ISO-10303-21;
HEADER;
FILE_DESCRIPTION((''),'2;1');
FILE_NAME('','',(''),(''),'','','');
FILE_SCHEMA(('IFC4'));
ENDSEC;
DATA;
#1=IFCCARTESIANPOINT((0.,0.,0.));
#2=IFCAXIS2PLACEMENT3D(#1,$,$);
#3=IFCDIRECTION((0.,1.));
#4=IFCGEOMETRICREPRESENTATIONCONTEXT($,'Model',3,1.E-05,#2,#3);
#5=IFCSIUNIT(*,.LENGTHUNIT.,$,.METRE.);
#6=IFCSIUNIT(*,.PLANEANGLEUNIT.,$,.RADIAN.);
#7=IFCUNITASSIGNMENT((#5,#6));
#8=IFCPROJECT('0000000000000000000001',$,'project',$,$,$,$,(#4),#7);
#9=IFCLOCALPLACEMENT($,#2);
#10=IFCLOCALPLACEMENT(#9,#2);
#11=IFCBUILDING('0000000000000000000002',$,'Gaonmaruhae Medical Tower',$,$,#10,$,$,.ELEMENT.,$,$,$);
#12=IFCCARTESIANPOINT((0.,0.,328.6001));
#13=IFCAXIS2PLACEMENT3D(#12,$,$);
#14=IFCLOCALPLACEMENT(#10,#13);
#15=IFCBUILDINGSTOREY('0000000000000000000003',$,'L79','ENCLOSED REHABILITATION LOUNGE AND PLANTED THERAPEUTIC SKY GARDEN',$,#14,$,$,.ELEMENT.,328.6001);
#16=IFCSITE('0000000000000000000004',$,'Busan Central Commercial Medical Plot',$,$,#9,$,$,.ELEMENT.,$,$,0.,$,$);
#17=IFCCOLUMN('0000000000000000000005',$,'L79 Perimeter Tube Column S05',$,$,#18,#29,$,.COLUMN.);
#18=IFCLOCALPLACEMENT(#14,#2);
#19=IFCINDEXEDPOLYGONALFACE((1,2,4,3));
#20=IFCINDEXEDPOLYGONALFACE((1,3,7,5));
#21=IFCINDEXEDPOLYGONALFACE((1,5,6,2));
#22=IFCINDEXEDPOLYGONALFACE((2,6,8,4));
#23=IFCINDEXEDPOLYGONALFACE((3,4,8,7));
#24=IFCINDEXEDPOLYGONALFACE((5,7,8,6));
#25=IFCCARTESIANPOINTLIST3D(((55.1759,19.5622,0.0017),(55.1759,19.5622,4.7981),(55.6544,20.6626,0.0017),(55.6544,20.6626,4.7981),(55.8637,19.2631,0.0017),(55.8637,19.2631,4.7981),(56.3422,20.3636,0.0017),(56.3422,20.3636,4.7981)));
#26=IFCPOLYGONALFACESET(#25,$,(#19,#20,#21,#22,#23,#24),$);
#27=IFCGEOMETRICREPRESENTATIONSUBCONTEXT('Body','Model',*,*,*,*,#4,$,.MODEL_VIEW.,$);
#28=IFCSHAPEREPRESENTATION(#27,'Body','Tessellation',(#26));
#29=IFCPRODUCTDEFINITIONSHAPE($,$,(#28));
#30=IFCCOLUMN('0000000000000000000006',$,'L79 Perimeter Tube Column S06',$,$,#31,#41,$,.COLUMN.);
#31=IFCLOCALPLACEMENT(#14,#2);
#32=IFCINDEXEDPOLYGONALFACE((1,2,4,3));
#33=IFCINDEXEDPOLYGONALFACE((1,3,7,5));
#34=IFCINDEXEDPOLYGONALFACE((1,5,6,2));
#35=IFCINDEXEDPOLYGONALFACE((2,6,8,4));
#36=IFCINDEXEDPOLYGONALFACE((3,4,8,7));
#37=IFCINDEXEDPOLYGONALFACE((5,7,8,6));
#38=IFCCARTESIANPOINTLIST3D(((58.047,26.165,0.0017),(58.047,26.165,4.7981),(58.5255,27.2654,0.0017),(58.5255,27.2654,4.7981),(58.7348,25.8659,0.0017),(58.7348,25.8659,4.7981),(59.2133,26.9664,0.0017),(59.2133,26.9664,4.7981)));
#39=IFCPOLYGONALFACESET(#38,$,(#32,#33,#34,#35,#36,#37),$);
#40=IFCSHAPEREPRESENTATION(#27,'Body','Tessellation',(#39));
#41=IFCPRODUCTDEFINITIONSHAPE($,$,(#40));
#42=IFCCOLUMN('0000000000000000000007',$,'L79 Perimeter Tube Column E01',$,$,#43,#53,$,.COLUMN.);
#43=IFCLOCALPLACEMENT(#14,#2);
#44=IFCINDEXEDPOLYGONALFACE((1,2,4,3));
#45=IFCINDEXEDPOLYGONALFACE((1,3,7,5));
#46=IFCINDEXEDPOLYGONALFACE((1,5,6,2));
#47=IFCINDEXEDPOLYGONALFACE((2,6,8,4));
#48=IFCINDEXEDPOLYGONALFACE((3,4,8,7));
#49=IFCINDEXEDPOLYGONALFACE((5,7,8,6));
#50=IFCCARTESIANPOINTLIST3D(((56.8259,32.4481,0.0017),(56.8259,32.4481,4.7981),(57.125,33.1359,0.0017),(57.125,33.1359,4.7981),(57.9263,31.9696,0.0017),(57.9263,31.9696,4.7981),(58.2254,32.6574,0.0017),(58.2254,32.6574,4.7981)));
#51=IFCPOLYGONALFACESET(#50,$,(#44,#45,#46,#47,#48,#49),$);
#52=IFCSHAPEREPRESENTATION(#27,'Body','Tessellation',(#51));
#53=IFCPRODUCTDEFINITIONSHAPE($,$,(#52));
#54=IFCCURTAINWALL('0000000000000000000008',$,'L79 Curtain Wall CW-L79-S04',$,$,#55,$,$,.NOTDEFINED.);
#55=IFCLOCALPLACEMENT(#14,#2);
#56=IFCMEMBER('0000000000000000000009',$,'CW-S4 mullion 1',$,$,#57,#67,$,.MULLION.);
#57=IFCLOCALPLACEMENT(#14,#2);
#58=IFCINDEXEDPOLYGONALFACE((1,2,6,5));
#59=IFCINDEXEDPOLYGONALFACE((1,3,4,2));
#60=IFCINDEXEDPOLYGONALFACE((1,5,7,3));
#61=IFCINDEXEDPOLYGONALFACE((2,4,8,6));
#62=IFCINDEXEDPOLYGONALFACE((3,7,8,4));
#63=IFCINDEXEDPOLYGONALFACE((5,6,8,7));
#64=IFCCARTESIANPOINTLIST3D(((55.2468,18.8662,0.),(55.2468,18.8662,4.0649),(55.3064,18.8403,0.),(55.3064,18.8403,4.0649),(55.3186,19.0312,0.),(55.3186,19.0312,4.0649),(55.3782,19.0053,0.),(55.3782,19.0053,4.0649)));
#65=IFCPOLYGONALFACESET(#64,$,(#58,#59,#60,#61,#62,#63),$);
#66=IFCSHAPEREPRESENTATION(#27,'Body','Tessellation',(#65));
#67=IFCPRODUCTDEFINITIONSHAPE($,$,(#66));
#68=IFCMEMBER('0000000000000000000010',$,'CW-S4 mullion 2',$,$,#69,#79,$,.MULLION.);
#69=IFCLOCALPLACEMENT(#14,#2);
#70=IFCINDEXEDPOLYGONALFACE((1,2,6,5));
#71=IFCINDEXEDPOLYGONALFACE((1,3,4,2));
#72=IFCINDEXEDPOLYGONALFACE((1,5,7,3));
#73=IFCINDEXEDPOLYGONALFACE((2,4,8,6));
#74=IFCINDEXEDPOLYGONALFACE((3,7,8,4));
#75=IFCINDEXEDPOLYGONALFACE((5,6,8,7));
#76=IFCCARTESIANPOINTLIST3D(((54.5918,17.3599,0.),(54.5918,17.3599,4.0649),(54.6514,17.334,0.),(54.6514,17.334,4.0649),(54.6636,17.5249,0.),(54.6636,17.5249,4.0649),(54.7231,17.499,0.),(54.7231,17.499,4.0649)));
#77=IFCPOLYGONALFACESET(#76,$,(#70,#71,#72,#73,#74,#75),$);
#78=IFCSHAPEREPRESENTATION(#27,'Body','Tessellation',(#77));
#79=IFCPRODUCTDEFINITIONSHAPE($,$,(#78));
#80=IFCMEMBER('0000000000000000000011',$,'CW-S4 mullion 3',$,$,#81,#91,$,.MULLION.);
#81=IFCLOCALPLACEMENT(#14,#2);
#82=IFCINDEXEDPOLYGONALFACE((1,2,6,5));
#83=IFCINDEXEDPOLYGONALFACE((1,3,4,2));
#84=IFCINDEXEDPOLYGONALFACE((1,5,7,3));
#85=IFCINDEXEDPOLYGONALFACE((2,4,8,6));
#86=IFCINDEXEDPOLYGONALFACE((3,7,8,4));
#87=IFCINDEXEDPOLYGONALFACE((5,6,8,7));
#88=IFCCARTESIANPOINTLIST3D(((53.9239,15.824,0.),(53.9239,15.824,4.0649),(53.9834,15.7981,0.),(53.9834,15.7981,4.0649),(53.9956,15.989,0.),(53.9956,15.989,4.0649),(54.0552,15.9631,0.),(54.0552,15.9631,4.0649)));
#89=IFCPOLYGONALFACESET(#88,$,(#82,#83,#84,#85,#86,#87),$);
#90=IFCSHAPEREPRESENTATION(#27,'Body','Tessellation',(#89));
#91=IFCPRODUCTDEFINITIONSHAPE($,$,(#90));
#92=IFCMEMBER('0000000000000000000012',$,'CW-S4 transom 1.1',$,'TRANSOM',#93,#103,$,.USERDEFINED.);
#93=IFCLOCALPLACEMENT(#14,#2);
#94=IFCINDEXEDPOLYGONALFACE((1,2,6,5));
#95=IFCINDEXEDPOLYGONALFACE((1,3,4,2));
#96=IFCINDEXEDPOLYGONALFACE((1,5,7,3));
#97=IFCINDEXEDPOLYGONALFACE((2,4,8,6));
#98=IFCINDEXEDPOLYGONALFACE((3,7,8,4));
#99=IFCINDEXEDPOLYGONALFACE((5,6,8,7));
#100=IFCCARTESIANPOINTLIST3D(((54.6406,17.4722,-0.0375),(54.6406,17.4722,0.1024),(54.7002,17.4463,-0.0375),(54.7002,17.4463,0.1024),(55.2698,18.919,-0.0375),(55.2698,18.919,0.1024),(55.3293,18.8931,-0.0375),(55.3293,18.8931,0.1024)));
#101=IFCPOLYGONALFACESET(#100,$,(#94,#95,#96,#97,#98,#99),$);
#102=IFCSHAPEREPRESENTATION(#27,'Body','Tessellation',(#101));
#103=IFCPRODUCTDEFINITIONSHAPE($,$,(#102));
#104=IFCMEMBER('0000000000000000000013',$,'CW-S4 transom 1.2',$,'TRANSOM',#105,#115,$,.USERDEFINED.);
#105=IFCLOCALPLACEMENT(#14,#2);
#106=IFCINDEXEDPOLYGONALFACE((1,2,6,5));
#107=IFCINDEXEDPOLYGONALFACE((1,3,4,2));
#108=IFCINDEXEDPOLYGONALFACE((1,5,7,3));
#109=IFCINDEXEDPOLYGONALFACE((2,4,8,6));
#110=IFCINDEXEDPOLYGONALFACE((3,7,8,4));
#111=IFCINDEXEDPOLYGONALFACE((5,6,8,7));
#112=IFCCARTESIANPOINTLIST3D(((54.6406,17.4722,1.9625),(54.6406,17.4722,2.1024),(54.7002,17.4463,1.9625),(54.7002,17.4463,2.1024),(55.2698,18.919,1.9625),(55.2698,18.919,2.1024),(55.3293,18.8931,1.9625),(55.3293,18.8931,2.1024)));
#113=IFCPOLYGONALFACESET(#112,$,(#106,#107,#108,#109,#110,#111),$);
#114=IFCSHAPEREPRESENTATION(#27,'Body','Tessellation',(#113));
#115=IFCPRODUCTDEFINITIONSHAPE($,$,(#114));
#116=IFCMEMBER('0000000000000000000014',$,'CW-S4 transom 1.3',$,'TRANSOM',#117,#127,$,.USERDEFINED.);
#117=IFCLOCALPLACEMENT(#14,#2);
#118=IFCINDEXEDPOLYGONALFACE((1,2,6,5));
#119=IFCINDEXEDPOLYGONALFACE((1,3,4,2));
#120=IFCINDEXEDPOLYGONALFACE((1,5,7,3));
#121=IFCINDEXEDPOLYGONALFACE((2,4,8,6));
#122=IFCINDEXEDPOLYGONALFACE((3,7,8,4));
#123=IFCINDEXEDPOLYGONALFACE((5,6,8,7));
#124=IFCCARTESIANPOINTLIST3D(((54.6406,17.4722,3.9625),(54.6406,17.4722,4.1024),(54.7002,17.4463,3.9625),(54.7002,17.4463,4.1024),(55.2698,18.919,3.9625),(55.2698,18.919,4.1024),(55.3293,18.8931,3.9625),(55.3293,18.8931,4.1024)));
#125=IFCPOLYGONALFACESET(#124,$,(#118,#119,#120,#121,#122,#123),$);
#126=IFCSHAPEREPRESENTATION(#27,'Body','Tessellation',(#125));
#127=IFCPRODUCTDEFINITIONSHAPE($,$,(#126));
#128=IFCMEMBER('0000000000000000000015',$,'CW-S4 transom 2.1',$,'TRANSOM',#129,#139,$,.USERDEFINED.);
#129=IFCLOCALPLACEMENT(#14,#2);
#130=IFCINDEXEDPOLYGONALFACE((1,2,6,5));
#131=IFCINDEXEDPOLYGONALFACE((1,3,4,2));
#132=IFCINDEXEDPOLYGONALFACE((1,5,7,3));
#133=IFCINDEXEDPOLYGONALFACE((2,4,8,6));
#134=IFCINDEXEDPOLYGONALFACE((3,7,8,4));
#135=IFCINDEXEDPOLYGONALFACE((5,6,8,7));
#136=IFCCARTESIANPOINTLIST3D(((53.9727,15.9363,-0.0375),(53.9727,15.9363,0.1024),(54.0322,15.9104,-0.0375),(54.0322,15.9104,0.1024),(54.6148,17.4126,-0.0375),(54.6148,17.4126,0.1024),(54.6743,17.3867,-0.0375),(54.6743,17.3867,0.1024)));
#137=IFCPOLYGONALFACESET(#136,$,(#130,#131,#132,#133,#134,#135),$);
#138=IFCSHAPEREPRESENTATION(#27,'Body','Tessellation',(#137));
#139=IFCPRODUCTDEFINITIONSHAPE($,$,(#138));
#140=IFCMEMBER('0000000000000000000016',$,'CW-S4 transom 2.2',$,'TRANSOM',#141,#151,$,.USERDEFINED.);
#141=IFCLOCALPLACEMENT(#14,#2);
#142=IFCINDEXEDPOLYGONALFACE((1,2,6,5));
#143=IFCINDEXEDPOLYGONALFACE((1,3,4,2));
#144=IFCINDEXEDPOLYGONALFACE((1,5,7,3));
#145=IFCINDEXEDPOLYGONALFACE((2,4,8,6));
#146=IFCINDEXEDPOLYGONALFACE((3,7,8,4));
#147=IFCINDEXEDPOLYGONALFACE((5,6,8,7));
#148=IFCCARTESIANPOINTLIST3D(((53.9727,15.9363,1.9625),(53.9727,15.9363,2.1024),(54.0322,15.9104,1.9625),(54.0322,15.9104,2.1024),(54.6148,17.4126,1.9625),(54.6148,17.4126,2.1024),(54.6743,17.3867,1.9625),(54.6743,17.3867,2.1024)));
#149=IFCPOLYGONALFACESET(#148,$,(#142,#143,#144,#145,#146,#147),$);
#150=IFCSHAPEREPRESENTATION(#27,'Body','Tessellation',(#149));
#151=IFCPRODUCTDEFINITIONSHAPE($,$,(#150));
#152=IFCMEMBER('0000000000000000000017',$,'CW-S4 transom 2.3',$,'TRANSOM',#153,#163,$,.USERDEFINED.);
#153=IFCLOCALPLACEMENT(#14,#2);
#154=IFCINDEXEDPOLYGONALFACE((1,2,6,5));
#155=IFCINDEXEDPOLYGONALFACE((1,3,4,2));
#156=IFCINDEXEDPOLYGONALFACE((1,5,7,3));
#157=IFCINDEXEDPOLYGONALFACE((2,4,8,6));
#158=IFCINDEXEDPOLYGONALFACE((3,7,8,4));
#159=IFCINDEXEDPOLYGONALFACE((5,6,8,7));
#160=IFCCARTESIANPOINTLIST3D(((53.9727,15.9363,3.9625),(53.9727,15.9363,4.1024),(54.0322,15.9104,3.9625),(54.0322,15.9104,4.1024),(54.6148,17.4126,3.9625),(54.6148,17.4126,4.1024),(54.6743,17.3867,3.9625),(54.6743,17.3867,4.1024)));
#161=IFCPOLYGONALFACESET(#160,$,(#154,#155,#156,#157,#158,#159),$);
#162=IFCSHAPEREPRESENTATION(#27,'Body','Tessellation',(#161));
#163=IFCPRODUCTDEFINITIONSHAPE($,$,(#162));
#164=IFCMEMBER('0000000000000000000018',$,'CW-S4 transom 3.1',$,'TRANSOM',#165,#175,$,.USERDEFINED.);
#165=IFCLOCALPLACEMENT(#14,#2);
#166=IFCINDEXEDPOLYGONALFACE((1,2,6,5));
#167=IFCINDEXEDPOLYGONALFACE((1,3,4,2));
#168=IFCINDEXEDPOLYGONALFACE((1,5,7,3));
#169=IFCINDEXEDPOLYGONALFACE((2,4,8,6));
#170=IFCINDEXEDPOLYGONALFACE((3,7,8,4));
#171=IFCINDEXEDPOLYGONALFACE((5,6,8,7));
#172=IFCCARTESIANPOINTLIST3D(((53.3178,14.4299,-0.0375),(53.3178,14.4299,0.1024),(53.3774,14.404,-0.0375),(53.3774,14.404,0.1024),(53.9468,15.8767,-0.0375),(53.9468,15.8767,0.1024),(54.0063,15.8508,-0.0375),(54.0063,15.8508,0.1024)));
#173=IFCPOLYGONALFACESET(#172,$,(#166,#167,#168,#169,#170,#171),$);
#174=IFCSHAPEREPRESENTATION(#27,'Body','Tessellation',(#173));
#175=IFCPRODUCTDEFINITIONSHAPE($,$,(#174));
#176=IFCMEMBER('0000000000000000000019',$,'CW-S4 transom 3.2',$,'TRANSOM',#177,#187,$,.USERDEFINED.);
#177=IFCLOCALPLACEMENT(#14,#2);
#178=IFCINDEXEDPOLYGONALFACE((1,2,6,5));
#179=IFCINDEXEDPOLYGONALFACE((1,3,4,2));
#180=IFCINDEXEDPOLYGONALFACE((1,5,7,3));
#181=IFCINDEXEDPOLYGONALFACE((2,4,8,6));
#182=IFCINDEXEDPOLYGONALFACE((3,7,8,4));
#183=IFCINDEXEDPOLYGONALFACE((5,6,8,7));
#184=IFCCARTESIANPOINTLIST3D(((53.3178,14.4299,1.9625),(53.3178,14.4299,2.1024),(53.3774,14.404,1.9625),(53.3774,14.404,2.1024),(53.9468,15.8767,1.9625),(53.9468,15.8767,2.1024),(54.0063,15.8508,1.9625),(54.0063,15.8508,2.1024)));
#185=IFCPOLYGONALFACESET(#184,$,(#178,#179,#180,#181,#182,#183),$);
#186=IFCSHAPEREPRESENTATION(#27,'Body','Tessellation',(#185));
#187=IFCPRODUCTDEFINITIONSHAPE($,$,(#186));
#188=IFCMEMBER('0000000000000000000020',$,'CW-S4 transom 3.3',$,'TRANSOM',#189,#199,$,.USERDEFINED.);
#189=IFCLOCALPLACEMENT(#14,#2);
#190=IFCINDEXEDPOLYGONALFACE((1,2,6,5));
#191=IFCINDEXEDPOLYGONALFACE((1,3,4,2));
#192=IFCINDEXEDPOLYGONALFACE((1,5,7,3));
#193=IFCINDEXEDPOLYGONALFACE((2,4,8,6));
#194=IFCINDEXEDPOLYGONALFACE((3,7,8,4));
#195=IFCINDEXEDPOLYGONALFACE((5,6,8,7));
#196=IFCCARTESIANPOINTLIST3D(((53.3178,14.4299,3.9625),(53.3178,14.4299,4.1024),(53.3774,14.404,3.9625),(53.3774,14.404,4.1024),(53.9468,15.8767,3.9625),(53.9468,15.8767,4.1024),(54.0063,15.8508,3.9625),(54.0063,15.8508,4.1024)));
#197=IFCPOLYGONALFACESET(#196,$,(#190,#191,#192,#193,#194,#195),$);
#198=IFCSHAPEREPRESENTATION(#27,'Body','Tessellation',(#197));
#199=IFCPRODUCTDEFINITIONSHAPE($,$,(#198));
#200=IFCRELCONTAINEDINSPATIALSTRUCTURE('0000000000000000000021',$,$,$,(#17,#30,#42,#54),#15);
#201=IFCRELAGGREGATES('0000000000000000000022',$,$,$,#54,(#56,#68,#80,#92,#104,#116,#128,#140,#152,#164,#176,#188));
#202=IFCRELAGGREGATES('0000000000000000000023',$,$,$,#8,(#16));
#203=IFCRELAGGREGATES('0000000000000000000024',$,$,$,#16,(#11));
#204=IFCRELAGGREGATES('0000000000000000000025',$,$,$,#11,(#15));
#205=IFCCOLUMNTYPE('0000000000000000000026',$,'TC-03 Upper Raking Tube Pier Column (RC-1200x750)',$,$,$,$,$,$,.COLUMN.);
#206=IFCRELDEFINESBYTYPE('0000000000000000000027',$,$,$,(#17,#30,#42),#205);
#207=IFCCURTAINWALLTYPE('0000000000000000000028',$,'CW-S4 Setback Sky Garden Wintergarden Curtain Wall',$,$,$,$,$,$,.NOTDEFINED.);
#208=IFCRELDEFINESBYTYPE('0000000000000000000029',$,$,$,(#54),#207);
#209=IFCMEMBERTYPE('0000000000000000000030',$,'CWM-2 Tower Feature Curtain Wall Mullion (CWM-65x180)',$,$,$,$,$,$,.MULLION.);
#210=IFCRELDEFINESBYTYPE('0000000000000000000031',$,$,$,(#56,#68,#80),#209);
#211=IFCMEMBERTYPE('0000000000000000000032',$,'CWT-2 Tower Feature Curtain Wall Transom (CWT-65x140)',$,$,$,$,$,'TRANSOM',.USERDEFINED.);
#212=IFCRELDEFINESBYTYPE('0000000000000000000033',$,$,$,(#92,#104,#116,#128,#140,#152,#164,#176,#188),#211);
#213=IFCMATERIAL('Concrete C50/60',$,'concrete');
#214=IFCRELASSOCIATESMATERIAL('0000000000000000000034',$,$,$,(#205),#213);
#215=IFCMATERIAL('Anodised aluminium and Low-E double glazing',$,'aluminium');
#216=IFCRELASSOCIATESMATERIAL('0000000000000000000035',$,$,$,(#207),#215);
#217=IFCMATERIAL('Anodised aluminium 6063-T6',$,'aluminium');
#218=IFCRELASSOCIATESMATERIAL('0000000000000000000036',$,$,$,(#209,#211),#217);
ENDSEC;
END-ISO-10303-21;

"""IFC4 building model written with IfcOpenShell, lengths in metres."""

from ifc_helpers import new_model, si_unit, direction, frame, origin, origin_2d, place, context, subcontext, project, spatial, rectangle, extrude, material, material_profile, profile_set, type_object, element, aggregate, save


model = new_model("IFC4")

# Units and contexts
model_context = context("Model", 3, precision=1e-05, world=origin(), true_north=direction((0.0, 1.0)))
body_context = subcontext(model_context, "Body", "Model", "MODEL_VIEW")
ifc_project = project(units=[si_unit("LENGTHUNIT", "METRE"), si_unit("PLANEANGLEUNIT", "RADIAN")], contexts=[model_context])

# Site, building, storey
site_placement = place(None, origin())
site = spatial("IfcSite", under=ifc_project, at=site_placement, Name="Busan Central Commercial Medical Plot", CompositionType="ELEMENT", RefElevation=0.0)
building_placement = place(site_placement, origin())
building = spatial("IfcBuilding", under=site, at=building_placement, Name="Gaonmaruhae Medical Tower", CompositionType="ELEMENT")
storey_placement = place(building_placement, frame((0.0, 0.0, 328.6001)))
storey = spatial("IfcBuildingStorey", under=building, at=storey_placement, Name="L79", Description="ENCLOSED REHABILITATION LOUNGE AND PLANTED THERAPEUTIC SKY GARDEN", CompositionType="ELEMENT", Elevation=328.6001)

# Columns
ifc_material_1 = material(Name="Concrete C50/60", Category="concrete")
ifc_material_profile_1 = material_profile(ifc_material_1, rectangle(XDim=1.2, YDim=0.75, at=origin_2d()), Name="RC-1200x750")
ifc_profile_set_1 = profile_set([ifc_material_profile_1], Name="Concrete C50/60")
column_type = type_object("IfcColumnType", Name="TC-03 Upper Raking Tube Pier Column (RC-1200x750)", PredefinedType="COLUMN", material=ifc_profile_set_1)
for number, where, z_axis, x_axis, name in (
    (1, (55.759, 19.9629, 0.0017), (0.0, 0.0, 1.0), (0.398749, 0.91706, 0.0), "L79 Perimeter Tube Column S05"),
    (2, (58.6301, 26.5657, 0.0017), (0.0, 0.0, 1.0), (0.398749, 0.91706, 0.0), "L79 Perimeter Tube Column S06"),
    (3, (57.5256, 32.5527, 0.0017), (0.0, 0.0, 1.0), (-0.91706, 0.398749, 0.0), "L79 Perimeter Tube Column E01"),
):
    element("IfcColumn", number, at=place(storey_placement, frame(where, z_axis=z_axis, x_axis=x_axis)), inside=storey, type_object=column_type, Name=name, PredefinedType="COLUMN", context=body_context, shape_type="SweptSolid", body=[
        extrude(rectangle(XDim=1.2, YDim=0.75, at=origin_2d()), origin(), (0.0, 0.0, 1.0), 4.7964),
    ])

# Curtain wall, members
ifc_material_2 = material(Name="Anodised aluminium and Low-E double glazing", Category="aluminium")
curtain_wall_type = type_object("IfcCurtainWallType", Name="CW-S4 Setback Sky Garden Wintergarden Curtain Wall", PredefinedType="NOTDEFINED", material=ifc_material_2)
curtain_wall_placement = place(storey_placement, origin())
curtain_wall = element("IfcCurtainWall", 4, at=curtain_wall_placement, inside=storey, type_object=curtain_wall_type, Name="L79 Curtain Wall CW-L79-S04", PredefinedType="NOTDEFINED")
ifc_material_3 = material(Name="Anodised aluminium 6063-T6", Category="aluminium")
ifc_material_profile_2 = material_profile(ifc_material_3, rectangle(XDim=0.0649, YDim=0.1799, at=origin_2d()), Name="CWM-65x180")
ifc_profile_set_2 = profile_set([ifc_material_profile_2], Name="Anodised aluminium 6063-T6")
member_type_1 = type_object("IfcMemberType", Name="CWM-2 Tower Feature Curtain Wall Mullion (CWM-65x180)", PredefinedType="MULLION", material=ifc_profile_set_2)
member_1_placement = place(storey_placement, frame((55.3125, 18.9358, 0.0), z_axis=(0.0, 0.0, 1.0), x_axis=(0.91706, -0.398749, 0.0)))
member_1 = element("IfcMember", 5, at=member_1_placement, type_object=member_type_1, Name="CW-S4 mullion 1", PredefinedType="MULLION", context=body_context, shape_type="SweptSolid", body=[
    extrude(rectangle(XDim=0.0649, YDim=0.1799, at=origin_2d()), origin(), (0.0, 0.0, 1.0), 4.0649),
])
member_2_placement = place(storey_placement, frame((54.6575, 17.4294, 0.0), z_axis=(0.0, 0.0, 1.0), x_axis=(0.91706, -0.398749, 0.0)))
member_2 = element("IfcMember", 6, at=member_2_placement, type_object=member_type_1, Name="CW-S4 mullion 2", PredefinedType="MULLION", context=body_context, shape_type="SweptSolid", body=[
    extrude(rectangle(XDim=0.0649, YDim=0.1799, at=origin_2d()), origin(), (0.0, 0.0, 1.0), 4.0649),
])
member_3_placement = place(storey_placement, frame((53.9895, 15.8936, 0.0), z_axis=(0.0, 0.0, 1.0), x_axis=(0.91706, -0.398749, 0.0)))
member_3 = element("IfcMember", 7, at=member_3_placement, type_object=member_type_1, Name="CW-S4 mullion 3", PredefinedType="MULLION", context=body_context, shape_type="SweptSolid", body=[
    extrude(rectangle(XDim=0.0649, YDim=0.1799, at=origin_2d()), origin(), (0.0, 0.0, 1.0), 4.0649),
])
ifc_material_profile_3 = material_profile(ifc_material_3, rectangle(XDim=0.0649, YDim=0.1399, at=origin_2d()), Name="CWT-65x140")
ifc_profile_set_3 = profile_set([ifc_material_profile_3], Name="Anodised aluminium 6063-T6")
member_type_2 = type_object("IfcMemberType", Name="CWT-2 Tower Feature Curtain Wall Transom (CWT-65x140)", ElementType="TRANSOM", PredefinedType="USERDEFINED", material=ifc_profile_set_3)
member_4_placement = place(storey_placement, frame((55.2996, 18.906, 0.0325), z_axis=(-0.398788, -0.917043, 0.0), x_axis=(0.917043, -0.398788, 0.0)))
member_4 = element("IfcMember", 8, at=member_4_placement, type_object=member_type_2, Name="CW-S4 transom 1.1", ObjectType="TRANSOM", PredefinedType="USERDEFINED", context=body_context, shape_type="SweptSolid", body=[
    extrude(rectangle(XDim=0.0649, YDim=0.1399, at=origin_2d()), origin(), (0.0, 0.0, 1.0), 1.5776),
])
member_5_placement = place(storey_placement, frame((55.2996, 18.906, 2.0325), z_axis=(-0.398788, -0.917043, 0.0), x_axis=(0.917043, -0.398788, 0.0)))
member_5 = element("IfcMember", 9, at=member_5_placement, type_object=member_type_2, Name="CW-S4 transom 1.2", ObjectType="TRANSOM", PredefinedType="USERDEFINED", context=body_context, shape_type="SweptSolid", body=[
    extrude(rectangle(XDim=0.0649, YDim=0.1399, at=origin_2d()), origin(), (0.0, 0.0, 1.0), 1.5776),
])
member_6_placement = place(storey_placement, frame((55.2996, 18.906, 4.0325), z_axis=(-0.398788, -0.917043, 0.0), x_axis=(0.917043, -0.398788, 0.0)))
member_6 = element("IfcMember", 10, at=member_6_placement, type_object=member_type_2, Name="CW-S4 transom 1.3", ObjectType="TRANSOM", PredefinedType="USERDEFINED", context=body_context, shape_type="SweptSolid", body=[
    extrude(rectangle(XDim=0.0649, YDim=0.1399, at=origin_2d()), origin(), (0.0, 0.0, 1.0), 1.5776),
])
member_7_placement = place(storey_placement, frame((54.6445, 17.3997, 0.0325), z_axis=(-0.398837, -0.917022, 0.0), x_axis=(0.917022, -0.398837, 0.0)))
member_7 = element("IfcMember", 11, at=member_7_placement, type_object=member_type_2, Name="CW-S4 transom 2.1", ObjectType="TRANSOM", PredefinedType="USERDEFINED", context=body_context, shape_type="SweptSolid", body=[
    extrude(rectangle(XDim=0.0649, YDim=0.1399, at=origin_2d()), origin(), (0.0, 0.0, 1.0), 1.6099),
])
member_8_placement = place(storey_placement, frame((54.6445, 17.3997, 2.0325), z_axis=(-0.398837, -0.917022, 0.0), x_axis=(0.917022, -0.398837, 0.0)))
member_8 = element("IfcMember", 12, at=member_8_placement, type_object=member_type_2, Name="CW-S4 transom 2.2", ObjectType="TRANSOM", PredefinedType="USERDEFINED", context=body_context, shape_type="SweptSolid", body=[
    extrude(rectangle(XDim=0.0649, YDim=0.1399, at=origin_2d()), origin(), (0.0, 0.0, 1.0), 1.6099),
])
member_9_placement = place(storey_placement, frame((54.6445, 17.3997, 4.0325), z_axis=(-0.398837, -0.917022, 0.0), x_axis=(0.917022, -0.398837, 0.0)))
member_9 = element("IfcMember", 13, at=member_9_placement, type_object=member_type_2, Name="CW-S4 transom 2.3", ObjectType="TRANSOM", PredefinedType="USERDEFINED", context=body_context, shape_type="SweptSolid", body=[
    extrude(rectangle(XDim=0.0649, YDim=0.1399, at=origin_2d()), origin(), (0.0, 0.0, 1.0), 1.6099),
])
member_10_placement = place(storey_placement, frame((53.9766, 15.8638, 0.0325), z_axis=(-0.398658, -0.9171, 0.0), x_axis=(0.9171, -0.398658, 0.0)))
member_10 = element("IfcMember", 14, at=member_10_placement, type_object=member_type_2, Name="CW-S4 transom 3.1", ObjectType="TRANSOM", PredefinedType="USERDEFINED", context=body_context, shape_type="SweptSolid", body=[
    extrude(rectangle(XDim=0.0649, YDim=0.1399, at=origin_2d()), origin(), (0.0, 0.0, 1.0), 1.5776),
])
member_11_placement = place(storey_placement, frame((53.9766, 15.8638, 2.0325), z_axis=(-0.398658, -0.9171, 0.0), x_axis=(0.9171, -0.398658, 0.0)))
member_11 = element("IfcMember", 15, at=member_11_placement, type_object=member_type_2, Name="CW-S4 transom 3.2", ObjectType="TRANSOM", PredefinedType="USERDEFINED", context=body_context, shape_type="SweptSolid", body=[
    extrude(rectangle(XDim=0.0649, YDim=0.1399, at=origin_2d()), origin(), (0.0, 0.0, 1.0), 1.5776),
])
member_12_placement = place(storey_placement, frame((53.9766, 15.8638, 4.0325), z_axis=(-0.398658, -0.9171, 0.0), x_axis=(0.9171, -0.398658, 0.0)))
member_12 = element("IfcMember", 16, at=member_12_placement, type_object=member_type_2, Name="CW-S4 transom 3.3", ObjectType="TRANSOM", PredefinedType="USERDEFINED", context=body_context, shape_type="SweptSolid", body=[
    extrude(rectangle(XDim=0.0649, YDim=0.1399, at=origin_2d()), origin(), (0.0, 0.0, 1.0), 1.5776),
])

aggregate(curtain_wall, [member_1, member_2, member_3, member_4, member_5, member_6, member_7, member_8, member_9, member_10, member_11, member_12])

save(model, "model.ifc")
